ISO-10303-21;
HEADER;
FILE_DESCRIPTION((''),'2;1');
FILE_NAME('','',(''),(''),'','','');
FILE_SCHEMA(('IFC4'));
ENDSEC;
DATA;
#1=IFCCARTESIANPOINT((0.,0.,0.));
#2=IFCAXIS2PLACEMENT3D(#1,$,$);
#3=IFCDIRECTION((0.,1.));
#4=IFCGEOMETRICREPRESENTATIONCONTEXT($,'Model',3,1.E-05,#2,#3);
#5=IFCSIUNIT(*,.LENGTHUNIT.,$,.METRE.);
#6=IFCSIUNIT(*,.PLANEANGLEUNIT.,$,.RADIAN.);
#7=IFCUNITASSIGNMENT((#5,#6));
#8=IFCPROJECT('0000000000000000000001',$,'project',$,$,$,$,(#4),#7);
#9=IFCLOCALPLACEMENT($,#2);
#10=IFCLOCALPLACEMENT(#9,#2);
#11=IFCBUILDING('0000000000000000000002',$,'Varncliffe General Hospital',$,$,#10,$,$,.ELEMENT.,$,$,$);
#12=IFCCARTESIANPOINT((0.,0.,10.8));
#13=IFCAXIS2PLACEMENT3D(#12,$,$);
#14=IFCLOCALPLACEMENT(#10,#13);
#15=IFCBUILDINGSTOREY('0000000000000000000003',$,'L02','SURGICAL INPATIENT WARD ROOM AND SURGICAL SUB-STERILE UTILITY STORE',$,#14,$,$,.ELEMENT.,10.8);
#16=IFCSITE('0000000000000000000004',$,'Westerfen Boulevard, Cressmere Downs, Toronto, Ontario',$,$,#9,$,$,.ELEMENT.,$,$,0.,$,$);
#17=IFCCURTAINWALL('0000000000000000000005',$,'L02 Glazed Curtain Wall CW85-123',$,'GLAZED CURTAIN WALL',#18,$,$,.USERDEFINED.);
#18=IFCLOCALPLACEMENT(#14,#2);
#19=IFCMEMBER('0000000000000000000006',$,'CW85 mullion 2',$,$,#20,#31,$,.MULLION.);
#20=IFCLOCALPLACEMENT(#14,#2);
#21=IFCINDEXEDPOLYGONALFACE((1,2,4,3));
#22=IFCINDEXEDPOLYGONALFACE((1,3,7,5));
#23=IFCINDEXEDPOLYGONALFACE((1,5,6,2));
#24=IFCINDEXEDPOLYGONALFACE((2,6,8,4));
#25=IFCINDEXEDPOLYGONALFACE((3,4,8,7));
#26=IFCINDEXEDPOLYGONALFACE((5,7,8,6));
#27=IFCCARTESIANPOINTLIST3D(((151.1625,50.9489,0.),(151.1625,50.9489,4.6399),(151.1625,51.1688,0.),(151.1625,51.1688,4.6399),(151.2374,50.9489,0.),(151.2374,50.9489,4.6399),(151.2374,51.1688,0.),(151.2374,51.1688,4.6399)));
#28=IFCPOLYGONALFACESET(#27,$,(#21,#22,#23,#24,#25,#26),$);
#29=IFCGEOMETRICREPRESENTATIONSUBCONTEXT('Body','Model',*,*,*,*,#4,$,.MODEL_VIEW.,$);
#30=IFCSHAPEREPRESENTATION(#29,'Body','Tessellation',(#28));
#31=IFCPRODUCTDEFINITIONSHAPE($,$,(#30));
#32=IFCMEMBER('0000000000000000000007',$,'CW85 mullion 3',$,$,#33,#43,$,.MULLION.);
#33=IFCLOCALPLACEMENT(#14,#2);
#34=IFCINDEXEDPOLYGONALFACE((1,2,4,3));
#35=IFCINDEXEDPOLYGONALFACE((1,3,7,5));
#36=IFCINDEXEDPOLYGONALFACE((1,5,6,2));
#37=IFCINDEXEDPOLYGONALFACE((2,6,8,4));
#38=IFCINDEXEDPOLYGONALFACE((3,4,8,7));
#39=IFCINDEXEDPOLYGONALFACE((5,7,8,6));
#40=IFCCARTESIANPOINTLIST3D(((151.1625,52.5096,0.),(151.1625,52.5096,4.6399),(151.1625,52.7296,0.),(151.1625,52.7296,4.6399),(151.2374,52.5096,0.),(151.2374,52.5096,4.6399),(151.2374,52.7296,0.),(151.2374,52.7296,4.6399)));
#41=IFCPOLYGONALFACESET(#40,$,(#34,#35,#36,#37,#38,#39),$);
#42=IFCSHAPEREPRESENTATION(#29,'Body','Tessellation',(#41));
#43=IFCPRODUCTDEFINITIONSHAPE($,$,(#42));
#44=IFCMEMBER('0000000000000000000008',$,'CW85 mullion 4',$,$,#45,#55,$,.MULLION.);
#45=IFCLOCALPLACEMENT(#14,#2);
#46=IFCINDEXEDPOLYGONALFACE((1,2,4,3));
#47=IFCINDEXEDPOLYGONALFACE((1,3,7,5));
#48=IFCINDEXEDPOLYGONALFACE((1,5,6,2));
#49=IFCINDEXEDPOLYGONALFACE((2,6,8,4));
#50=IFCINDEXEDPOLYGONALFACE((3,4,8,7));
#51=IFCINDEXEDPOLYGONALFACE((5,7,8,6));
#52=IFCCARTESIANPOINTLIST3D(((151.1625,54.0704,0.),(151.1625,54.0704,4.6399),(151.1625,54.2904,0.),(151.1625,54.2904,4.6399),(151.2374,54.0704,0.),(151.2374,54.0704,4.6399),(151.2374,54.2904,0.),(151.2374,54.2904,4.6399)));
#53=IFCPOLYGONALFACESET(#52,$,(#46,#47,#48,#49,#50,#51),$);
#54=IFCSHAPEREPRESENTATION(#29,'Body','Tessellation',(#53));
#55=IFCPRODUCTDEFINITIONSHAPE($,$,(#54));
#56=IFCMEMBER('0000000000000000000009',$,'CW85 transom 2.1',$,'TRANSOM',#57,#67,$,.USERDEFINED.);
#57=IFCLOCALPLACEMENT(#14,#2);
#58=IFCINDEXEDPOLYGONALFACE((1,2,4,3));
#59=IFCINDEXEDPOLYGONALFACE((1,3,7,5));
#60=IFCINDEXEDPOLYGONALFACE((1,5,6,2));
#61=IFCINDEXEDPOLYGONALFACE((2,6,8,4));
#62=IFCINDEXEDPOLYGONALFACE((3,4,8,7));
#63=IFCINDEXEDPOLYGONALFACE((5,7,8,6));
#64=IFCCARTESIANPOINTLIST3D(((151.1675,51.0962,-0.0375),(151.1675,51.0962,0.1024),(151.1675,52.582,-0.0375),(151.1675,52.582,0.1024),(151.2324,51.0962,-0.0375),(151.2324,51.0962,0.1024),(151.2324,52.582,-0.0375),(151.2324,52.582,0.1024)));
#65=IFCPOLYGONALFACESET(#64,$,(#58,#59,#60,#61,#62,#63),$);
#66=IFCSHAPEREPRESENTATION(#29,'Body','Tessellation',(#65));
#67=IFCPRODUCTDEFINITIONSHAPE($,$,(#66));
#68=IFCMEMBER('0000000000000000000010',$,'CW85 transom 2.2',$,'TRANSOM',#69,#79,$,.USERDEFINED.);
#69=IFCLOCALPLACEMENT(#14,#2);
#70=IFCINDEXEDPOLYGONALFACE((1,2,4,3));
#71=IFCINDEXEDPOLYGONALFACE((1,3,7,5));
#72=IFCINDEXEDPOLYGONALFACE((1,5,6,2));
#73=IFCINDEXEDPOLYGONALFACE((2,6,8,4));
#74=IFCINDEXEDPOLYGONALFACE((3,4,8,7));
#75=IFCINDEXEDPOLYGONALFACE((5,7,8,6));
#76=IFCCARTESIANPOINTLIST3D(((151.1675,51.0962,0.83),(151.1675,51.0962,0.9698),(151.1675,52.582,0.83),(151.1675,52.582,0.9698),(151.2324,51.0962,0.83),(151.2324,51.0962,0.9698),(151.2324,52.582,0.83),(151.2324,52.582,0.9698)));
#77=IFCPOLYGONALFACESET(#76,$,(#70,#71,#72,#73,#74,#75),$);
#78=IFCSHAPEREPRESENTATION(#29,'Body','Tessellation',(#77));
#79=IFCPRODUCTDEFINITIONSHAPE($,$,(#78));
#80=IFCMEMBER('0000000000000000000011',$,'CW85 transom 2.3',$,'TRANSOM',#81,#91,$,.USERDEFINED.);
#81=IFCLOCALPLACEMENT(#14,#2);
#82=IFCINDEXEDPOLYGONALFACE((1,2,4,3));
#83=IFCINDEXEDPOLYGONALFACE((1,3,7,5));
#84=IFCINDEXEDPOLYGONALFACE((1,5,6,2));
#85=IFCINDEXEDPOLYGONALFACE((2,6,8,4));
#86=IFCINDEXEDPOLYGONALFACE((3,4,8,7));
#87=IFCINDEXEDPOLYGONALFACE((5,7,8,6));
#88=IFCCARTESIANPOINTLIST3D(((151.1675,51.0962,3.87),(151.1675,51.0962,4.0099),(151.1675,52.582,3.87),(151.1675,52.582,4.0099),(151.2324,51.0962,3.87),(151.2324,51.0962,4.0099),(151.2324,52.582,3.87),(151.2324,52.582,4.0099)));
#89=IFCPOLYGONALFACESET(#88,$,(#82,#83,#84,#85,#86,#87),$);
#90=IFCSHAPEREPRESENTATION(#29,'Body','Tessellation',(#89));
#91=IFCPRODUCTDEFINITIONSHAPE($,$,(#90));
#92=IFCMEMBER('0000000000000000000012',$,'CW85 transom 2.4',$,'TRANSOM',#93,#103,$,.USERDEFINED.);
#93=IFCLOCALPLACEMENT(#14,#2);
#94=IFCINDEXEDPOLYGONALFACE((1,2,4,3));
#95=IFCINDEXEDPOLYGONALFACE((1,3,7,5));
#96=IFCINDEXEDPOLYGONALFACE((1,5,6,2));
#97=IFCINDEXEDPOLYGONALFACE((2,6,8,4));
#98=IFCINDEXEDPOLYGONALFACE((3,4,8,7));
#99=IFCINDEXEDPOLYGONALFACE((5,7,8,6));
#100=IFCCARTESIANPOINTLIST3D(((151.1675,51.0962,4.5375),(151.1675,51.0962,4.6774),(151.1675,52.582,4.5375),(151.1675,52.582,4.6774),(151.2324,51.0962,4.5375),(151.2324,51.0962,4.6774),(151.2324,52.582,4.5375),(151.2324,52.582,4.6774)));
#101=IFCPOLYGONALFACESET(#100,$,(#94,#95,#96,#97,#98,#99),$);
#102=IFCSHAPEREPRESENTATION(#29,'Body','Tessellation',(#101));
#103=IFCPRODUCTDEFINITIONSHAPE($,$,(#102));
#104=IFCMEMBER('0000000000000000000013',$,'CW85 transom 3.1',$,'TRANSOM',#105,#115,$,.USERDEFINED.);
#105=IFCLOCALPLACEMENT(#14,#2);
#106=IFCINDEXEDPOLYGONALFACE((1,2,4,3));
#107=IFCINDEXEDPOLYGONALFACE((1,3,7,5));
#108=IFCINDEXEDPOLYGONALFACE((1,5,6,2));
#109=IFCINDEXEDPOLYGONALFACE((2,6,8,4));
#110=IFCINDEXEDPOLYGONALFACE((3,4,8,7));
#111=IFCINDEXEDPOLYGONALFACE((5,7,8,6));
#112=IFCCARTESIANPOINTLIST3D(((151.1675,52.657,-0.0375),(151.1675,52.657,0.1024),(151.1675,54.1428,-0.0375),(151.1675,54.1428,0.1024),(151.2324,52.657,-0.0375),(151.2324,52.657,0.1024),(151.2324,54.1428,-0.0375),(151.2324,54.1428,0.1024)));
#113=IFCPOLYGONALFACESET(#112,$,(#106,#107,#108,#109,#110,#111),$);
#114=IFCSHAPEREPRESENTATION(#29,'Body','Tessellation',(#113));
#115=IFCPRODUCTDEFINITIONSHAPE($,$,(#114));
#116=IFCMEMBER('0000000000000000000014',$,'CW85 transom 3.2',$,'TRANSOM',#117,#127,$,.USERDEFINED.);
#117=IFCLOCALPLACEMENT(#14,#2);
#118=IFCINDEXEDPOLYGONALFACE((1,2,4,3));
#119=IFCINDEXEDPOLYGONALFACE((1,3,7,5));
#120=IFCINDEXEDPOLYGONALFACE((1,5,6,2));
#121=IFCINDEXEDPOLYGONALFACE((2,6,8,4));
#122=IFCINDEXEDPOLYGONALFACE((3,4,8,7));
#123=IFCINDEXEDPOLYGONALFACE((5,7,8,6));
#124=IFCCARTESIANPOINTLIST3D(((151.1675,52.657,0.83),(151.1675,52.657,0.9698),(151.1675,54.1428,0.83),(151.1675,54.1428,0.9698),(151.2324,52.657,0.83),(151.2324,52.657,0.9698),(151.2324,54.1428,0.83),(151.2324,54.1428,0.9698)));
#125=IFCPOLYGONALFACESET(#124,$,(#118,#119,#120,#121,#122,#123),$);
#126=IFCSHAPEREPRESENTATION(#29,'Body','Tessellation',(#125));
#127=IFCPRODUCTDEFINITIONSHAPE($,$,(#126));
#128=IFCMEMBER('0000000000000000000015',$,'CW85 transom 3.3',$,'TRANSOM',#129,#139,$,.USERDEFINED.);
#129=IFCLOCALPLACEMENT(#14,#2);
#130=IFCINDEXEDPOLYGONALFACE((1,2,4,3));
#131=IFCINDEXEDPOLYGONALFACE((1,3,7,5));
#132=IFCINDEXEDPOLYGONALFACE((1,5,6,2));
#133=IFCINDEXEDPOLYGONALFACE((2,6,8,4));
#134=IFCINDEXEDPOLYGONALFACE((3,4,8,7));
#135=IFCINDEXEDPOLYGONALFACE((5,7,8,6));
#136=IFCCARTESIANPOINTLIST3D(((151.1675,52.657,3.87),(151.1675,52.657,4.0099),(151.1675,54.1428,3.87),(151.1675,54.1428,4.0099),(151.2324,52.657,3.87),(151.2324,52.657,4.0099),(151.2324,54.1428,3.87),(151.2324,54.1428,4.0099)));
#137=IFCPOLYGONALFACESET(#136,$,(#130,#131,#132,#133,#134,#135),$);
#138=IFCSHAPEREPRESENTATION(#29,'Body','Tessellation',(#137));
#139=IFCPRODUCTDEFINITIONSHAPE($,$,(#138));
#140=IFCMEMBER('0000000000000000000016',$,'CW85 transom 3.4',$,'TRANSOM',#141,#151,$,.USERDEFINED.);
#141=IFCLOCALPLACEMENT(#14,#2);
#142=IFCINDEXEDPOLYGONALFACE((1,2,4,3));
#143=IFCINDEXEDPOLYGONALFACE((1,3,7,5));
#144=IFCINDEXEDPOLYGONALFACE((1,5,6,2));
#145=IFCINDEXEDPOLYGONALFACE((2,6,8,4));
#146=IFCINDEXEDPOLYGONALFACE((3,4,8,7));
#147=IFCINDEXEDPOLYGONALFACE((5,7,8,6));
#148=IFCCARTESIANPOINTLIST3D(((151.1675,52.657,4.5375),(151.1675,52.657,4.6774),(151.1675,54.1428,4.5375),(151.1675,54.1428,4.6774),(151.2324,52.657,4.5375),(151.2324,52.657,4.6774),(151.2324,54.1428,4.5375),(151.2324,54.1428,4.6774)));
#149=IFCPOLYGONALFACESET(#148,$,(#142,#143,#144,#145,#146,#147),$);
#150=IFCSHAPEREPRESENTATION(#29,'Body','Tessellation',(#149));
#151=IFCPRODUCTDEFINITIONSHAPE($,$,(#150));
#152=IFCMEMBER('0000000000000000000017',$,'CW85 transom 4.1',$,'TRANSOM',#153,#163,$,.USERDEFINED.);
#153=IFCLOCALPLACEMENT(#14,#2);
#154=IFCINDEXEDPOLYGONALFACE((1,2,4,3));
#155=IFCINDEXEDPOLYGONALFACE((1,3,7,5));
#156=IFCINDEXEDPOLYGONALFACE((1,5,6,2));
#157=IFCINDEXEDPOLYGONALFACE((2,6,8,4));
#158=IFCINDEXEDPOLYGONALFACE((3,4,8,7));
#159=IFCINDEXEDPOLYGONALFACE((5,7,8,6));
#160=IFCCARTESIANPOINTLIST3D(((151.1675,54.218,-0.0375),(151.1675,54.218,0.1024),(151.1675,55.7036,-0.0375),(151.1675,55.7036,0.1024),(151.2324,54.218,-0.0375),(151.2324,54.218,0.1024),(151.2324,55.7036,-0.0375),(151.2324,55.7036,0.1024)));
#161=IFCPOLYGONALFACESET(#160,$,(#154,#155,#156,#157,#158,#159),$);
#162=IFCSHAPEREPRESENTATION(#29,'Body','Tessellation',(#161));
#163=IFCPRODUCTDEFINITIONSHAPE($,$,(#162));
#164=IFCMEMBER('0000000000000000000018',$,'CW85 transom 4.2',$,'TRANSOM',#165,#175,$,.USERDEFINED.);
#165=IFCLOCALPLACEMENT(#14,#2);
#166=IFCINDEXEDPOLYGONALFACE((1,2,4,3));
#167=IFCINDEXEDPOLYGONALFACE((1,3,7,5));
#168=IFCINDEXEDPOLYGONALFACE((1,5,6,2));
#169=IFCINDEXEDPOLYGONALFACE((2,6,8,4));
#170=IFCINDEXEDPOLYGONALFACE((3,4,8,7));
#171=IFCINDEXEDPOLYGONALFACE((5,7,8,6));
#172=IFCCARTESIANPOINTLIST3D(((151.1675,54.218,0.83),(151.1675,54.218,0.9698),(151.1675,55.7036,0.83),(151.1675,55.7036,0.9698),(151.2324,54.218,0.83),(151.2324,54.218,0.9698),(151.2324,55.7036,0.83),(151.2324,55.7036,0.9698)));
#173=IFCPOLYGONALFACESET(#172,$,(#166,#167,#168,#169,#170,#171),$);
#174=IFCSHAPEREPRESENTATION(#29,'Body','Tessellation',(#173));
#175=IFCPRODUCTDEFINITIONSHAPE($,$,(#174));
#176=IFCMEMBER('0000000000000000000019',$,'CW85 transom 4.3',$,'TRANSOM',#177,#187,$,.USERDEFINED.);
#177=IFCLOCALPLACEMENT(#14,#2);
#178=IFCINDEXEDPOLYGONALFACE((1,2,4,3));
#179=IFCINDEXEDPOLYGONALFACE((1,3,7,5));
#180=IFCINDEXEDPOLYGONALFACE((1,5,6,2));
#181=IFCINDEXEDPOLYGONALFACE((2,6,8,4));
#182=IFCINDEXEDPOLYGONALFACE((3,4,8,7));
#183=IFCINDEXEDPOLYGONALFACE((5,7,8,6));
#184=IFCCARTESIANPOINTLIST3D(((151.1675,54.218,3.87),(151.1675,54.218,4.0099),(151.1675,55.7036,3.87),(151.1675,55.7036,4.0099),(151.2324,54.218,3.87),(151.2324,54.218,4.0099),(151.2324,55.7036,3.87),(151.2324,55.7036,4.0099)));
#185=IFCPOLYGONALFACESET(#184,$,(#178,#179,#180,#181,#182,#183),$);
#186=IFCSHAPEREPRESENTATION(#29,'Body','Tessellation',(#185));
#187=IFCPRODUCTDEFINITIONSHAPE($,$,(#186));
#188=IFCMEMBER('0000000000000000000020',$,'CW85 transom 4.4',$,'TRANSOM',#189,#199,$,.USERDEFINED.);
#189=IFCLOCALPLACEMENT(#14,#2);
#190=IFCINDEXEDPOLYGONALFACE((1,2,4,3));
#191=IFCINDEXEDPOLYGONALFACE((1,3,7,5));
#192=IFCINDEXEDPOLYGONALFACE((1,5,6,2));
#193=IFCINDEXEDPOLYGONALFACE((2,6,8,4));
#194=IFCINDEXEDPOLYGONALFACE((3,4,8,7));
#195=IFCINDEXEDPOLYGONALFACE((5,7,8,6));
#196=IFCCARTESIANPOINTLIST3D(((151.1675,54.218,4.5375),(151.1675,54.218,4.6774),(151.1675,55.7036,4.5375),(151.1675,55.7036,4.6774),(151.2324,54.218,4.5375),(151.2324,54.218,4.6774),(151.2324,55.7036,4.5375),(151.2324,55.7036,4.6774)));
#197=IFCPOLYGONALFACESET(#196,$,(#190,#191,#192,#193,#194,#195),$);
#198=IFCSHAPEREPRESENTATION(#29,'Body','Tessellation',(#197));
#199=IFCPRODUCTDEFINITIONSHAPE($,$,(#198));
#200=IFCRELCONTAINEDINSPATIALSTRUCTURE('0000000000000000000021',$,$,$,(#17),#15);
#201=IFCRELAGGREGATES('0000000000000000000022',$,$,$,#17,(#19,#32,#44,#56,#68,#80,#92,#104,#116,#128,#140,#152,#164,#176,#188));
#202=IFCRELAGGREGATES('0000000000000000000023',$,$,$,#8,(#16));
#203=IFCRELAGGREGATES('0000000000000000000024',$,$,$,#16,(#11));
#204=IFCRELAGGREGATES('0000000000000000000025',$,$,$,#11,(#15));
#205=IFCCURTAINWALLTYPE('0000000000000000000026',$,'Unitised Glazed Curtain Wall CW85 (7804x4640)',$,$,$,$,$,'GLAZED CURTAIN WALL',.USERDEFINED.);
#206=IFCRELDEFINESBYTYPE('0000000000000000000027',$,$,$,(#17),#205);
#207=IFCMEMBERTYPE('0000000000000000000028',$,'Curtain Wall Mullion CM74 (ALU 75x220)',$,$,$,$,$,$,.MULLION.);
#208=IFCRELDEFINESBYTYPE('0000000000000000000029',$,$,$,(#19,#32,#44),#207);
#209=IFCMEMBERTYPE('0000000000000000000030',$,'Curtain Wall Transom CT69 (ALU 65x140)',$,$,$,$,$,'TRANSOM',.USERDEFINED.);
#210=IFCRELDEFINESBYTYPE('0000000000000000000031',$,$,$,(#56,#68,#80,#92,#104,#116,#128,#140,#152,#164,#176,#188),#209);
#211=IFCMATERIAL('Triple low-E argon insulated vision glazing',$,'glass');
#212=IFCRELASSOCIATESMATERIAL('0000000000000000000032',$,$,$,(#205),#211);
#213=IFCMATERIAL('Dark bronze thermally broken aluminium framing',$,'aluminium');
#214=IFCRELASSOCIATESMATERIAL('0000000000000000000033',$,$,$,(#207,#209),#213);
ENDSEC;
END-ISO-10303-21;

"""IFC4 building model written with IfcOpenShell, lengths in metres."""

from ifc_helpers import new_model, si_unit, direction, frame, origin, origin_2d, place, context, subcontext, project, spatial, rectangle, extrude, material, material_profile, profile_set, type_object, element, aggregate, save


model = new_model("IFC4")

# Units and contexts
model_context = context("Model", 3, precision=1e-05, world=origin(), true_north=direction((0.0, 1.0)))
body_context = subcontext(model_context, "Body", "Model", "MODEL_VIEW")
ifc_project = project(units=[si_unit("LENGTHUNIT", "METRE"), si_unit("PLANEANGLEUNIT", "RADIAN")], contexts=[model_context])

# Site, building, storey
site_placement = place(None, origin())
site = spatial("IfcSite", under=ifc_project, at=site_placement, Name="Westerfen Boulevard, Cressmere Downs, Toronto, Ontario", CompositionType="ELEMENT", RefElevation=0.0)
building_placement = place(site_placement, origin())
building = spatial("IfcBuilding", under=site, at=building_placement, Name="Varncliffe General Hospital", CompositionType="ELEMENT")
storey_placement = place(building_placement, frame((0.0, 0.0, 10.8)))
storey = spatial("IfcBuildingStorey", under=building, at=storey_placement, Name="L02", Description="SURGICAL INPATIENT WARD ROOM AND SURGICAL SUB-STERILE UTILITY STORE", CompositionType="ELEMENT", Elevation=10.8)

# Curtain wall, members
ifc_material_1 = material(Name="Triple low-E argon insulated vision glazing", Category="glass")
curtain_wall_type = type_object("IfcCurtainWallType", Name="Unitised Glazed Curtain Wall CW85 (7804x4640)", ElementType="GLAZED CURTAIN WALL", PredefinedType="USERDEFINED", material=ifc_material_1)
curtain_wall_placement = place(storey_placement, origin())
curtain_wall = element("IfcCurtainWall", 1, at=curtain_wall_placement, inside=storey, type_object=curtain_wall_type, Name="L02 Glazed Curtain Wall CW85-123", ObjectType="GLAZED CURTAIN WALL", PredefinedType="USERDEFINED")
ifc_material_2 = material(Name="Dark bronze thermally broken aluminium framing", Category="aluminium")
ifc_material_profile_1 = material_profile(ifc_material_2, rectangle(XDim=0.075, YDim=0.22, at=origin_2d()), Name="ALU 75x220")
ifc_profile_set_1 = profile_set([ifc_material_profile_1], Name="Dark bronze thermally broken aluminium framing")
member_type_1 = type_object("IfcMemberType", Name="Curtain Wall Mullion CM74 (ALU 75x220)", PredefinedType="MULLION", material=ifc_profile_set_1)
member_1_placement = place(storey_placement, frame((151.2, 51.0588, 0.0), z_axis=(0.0, 0.0, 1.0), x_axis=(-1.0, 0.0, 0.0)))
member_1 = element("IfcMember", 2, at=member_1_placement, type_object=member_type_1, Name="CW85 mullion 2", PredefinedType="MULLION", context=body_context, shape_type="SweptSolid", body=[
    extrude(rectangle(XDim=0.075, YDim=0.22, at=origin_2d()), origin(), (0.0, 0.0, 1.0), 4.6399),
])
member_2_placement = place(storey_placement, frame((151.2, 52.6196, 0.0), z_axis=(0.0, 0.0, 1.0), x_axis=(-1.0, 0.0, 0.0)))
member_2 = element("IfcMember", 3, at=member_2_placement, type_object=member_type_1, Name="CW85 mullion 3", PredefinedType="MULLION", context=body_context, shape_type="SweptSolid", body=[
    extrude(rectangle(XDim=0.075, YDim=0.22, at=origin_2d()), origin(), (0.0, 0.0, 1.0), 4.6399),
])
member_3_placement = place(storey_placement, frame((151.2, 54.1804, 0.0), z_axis=(0.0, 0.0, 1.0), x_axis=(-1.0, 0.0, 0.0)))
member_3 = element("IfcMember", 4, at=member_3_placement, type_object=member_type_1, Name="CW85 mullion 4", PredefinedType="MULLION", context=body_context, shape_type="SweptSolid", body=[
    extrude(rectangle(XDim=0.075, YDim=0.22, at=origin_2d()), origin(), (0.0, 0.0, 1.0), 4.6399),
])
ifc_material_profile_2 = material_profile(ifc_material_2, rectangle(XDim=0.0649, YDim=0.1399, at=origin_2d()), Name="ALU 65x140")
ifc_profile_set_2 = profile_set([ifc_material_profile_2], Name="Dark bronze thermally broken aluminium framing")
member_type_2 = type_object("IfcMemberType", Name="Curtain Wall Transom CT69 (ALU 65x140)", ElementType="TRANSOM", PredefinedType="USERDEFINED", material=ifc_profile_set_2)
member_4_placement = place(storey_placement, frame((151.2, 51.0962, 0.0325), z_axis=(0.0, 1.0, 0.0), x_axis=(-1.0, 0.0, 0.0)))
member_4 = element("IfcMember", 5, at=member_4_placement, type_object=member_type_2, Name="CW85 transom 2.1", ObjectType="TRANSOM", PredefinedType="USERDEFINED", context=body_context, shape_type="SweptSolid", body=[
    extrude(rectangle(XDim=0.0649, YDim=0.1399, at=origin_2d()), origin(), (0.0, 0.0, 1.0), 1.4858),
])
member_5_placement = place(storey_placement, frame((151.2, 51.0962, 0.8999), z_axis=(0.0, 1.0, 0.0), x_axis=(-1.0, 0.0, 0.0)))
member_5 = element("IfcMember", 6, at=member_5_placement, type_object=member_type_2, Name="CW85 transom 2.2", ObjectType="TRANSOM", PredefinedType="USERDEFINED", context=body_context, shape_type="SweptSolid", body=[
    extrude(rectangle(XDim=0.0649, YDim=0.1399, at=origin_2d()), origin(), (0.0, 0.0, 1.0), 1.4858),
])
member_6_placement = place(storey_placement, frame((151.2, 51.0962, 3.9399), z_axis=(0.0, 1.0, 0.0), x_axis=(-1.0, 0.0, 0.0)))
member_6 = element("IfcMember", 7, at=member_6_placement, type_object=member_type_2, Name="CW85 transom 2.3", ObjectType="TRANSOM", PredefinedType="USERDEFINED", context=body_context, shape_type="SweptSolid", body=[
    extrude(rectangle(XDim=0.0649, YDim=0.1399, at=origin_2d()), origin(), (0.0, 0.0, 1.0), 1.4858),
])
member_7_placement = place(storey_placement, frame((151.2, 51.0962, 4.6074), z_axis=(0.0, 1.0, 0.0), x_axis=(-1.0, 0.0, 0.0)))
member_7 = element("IfcMember", 8, at=member_7_placement, type_object=member_type_2, Name="CW85 transom 2.4", ObjectType="TRANSOM", PredefinedType="USERDEFINED", context=body_context, shape_type="SweptSolid", body=[
    extrude(rectangle(XDim=0.0649, YDim=0.1399, at=origin_2d()), origin(), (0.0, 0.0, 1.0), 1.4858),
])
member_8_placement = place(storey_placement, frame((151.2, 52.657, 0.0325), z_axis=(0.0, 1.0, 0.0), x_axis=(-1.0, 0.0, 0.0)))
member_8 = element("IfcMember", 9, at=member_8_placement, type_object=member_type_2, Name="CW85 transom 3.1", ObjectType="TRANSOM", PredefinedType="USERDEFINED", context=body_context, shape_type="SweptSolid", body=[
    extrude(rectangle(XDim=0.0649, YDim=0.1399, at=origin_2d()), origin(), (0.0, 0.0, 1.0), 1.4858),
])
member_9_placement = place(storey_placement, frame((151.2, 52.657, 0.8999), z_axis=(0.0, 1.0, 0.0), x_axis=(-1.0, 0.0, 0.0)))
member_9 = element("IfcMember", 10, at=member_9_placement, type_object=member_type_2, Name="CW85 transom 3.2", ObjectType="TRANSOM", PredefinedType="USERDEFINED", context=body_context, shape_type="SweptSolid", body=[
    extrude(rectangle(XDim=0.0649, YDim=0.1399, at=origin_2d()), origin(), (0.0, 0.0, 1.0), 1.4858),
])
member_10_placement = place(storey_placement, frame((151.2, 52.657, 3.9399), z_axis=(0.0, 1.0, 0.0), x_axis=(-1.0, 0.0, 0.0)))
member_10 = element("IfcMember", 11, at=member_10_placement, type_object=member_type_2, Name="CW85 transom 3.3", ObjectType="TRANSOM", PredefinedType="USERDEFINED", context=body_context, shape_type="SweptSolid", body=[
    extrude(rectangle(XDim=0.0649, YDim=0.1399, at=origin_2d()), origin(), (0.0, 0.0, 1.0), 1.4858),
])
member_11_placement = place(storey_placement, frame((151.2, 52.657, 4.6074), z_axis=(0.0, 1.0, 0.0), x_axis=(-1.0, 0.0, 0.0)))
member_11 = element("IfcMember", 12, at=member_11_placement, type_object=member_type_2, Name="CW85 transom 3.4", ObjectType="TRANSOM", PredefinedType="USERDEFINED", context=body_context, shape_type="SweptSolid", body=[
    extrude(rectangle(XDim=0.0649, YDim=0.1399, at=origin_2d()), origin(), (0.0, 0.0, 1.0), 1.4858),
])
member_12_placement = place(storey_placement, frame((151.2, 54.218, 0.0325), z_axis=(0.0, 1.0, 0.0), x_axis=(-1.0, 0.0, 0.0)))
member_12 = element("IfcMember", 13, at=member_12_placement, type_object=member_type_2, Name="CW85 transom 4.1", ObjectType="TRANSOM", PredefinedType="USERDEFINED", context=body_context, shape_type="SweptSolid", body=[
    extrude(rectangle(XDim=0.0649, YDim=0.1399, at=origin_2d()), origin(), (0.0, 0.0, 1.0), 1.4856),
])
member_13_placement = place(storey_placement, frame((151.2, 54.218, 0.8999), z_axis=(0.0, 1.0, 0.0), x_axis=(-1.0, 0.0, 0.0)))
member_13 = element("IfcMember", 14, at=member_13_placement, type_object=member_type_2, Name="CW85 transom 4.2", ObjectType="TRANSOM", PredefinedType="USERDEFINED", context=body_context, shape_type="SweptSolid", body=[
    extrude(rectangle(XDim=0.0649, YDim=0.1399, at=origin_2d()), origin(), (0.0, 0.0, 1.0), 1.4856),
])
member_14_placement = place(storey_placement, frame((151.2, 54.218, 3.9399), z_axis=(0.0, 1.0, 0.0), x_axis=(-1.0, 0.0, 0.0)))
member_14 = element("IfcMember", 15, at=member_14_placement, type_object=member_type_2, Name="CW85 transom 4.3", ObjectType="TRANSOM", PredefinedType="USERDEFINED", context=body_context, shape_type="SweptSolid", body=[
    extrude(rectangle(XDim=0.0649, YDim=0.1399, at=origin_2d()), origin(), (0.0, 0.0, 1.0), 1.4856),
])
member_15_placement = place(storey_placement, frame((151.2, 54.218, 4.6074), z_axis=(0.0, 1.0, 0.0), x_axis=(-1.0, 0.0, 0.0)))
member_15 = element("IfcMember", 16, at=member_15_placement, type_object=member_type_2, Name="CW85 transom 4.4", ObjectType="TRANSOM", PredefinedType="USERDEFINED", context=body_context, shape_type="SweptSolid", body=[
    extrude(rectangle(XDim=0.0649, YDim=0.1399, at=origin_2d()), origin(), (0.0, 0.0, 1.0), 1.4856),
])
aggregate(curtain_wall, [member_1, member_2, member_3, member_4, member_5, member_6, member_7, member_8, member_9, member_10, member_11, member_12, member_13, member_14, member_15])

save(model, "model.ifc")
